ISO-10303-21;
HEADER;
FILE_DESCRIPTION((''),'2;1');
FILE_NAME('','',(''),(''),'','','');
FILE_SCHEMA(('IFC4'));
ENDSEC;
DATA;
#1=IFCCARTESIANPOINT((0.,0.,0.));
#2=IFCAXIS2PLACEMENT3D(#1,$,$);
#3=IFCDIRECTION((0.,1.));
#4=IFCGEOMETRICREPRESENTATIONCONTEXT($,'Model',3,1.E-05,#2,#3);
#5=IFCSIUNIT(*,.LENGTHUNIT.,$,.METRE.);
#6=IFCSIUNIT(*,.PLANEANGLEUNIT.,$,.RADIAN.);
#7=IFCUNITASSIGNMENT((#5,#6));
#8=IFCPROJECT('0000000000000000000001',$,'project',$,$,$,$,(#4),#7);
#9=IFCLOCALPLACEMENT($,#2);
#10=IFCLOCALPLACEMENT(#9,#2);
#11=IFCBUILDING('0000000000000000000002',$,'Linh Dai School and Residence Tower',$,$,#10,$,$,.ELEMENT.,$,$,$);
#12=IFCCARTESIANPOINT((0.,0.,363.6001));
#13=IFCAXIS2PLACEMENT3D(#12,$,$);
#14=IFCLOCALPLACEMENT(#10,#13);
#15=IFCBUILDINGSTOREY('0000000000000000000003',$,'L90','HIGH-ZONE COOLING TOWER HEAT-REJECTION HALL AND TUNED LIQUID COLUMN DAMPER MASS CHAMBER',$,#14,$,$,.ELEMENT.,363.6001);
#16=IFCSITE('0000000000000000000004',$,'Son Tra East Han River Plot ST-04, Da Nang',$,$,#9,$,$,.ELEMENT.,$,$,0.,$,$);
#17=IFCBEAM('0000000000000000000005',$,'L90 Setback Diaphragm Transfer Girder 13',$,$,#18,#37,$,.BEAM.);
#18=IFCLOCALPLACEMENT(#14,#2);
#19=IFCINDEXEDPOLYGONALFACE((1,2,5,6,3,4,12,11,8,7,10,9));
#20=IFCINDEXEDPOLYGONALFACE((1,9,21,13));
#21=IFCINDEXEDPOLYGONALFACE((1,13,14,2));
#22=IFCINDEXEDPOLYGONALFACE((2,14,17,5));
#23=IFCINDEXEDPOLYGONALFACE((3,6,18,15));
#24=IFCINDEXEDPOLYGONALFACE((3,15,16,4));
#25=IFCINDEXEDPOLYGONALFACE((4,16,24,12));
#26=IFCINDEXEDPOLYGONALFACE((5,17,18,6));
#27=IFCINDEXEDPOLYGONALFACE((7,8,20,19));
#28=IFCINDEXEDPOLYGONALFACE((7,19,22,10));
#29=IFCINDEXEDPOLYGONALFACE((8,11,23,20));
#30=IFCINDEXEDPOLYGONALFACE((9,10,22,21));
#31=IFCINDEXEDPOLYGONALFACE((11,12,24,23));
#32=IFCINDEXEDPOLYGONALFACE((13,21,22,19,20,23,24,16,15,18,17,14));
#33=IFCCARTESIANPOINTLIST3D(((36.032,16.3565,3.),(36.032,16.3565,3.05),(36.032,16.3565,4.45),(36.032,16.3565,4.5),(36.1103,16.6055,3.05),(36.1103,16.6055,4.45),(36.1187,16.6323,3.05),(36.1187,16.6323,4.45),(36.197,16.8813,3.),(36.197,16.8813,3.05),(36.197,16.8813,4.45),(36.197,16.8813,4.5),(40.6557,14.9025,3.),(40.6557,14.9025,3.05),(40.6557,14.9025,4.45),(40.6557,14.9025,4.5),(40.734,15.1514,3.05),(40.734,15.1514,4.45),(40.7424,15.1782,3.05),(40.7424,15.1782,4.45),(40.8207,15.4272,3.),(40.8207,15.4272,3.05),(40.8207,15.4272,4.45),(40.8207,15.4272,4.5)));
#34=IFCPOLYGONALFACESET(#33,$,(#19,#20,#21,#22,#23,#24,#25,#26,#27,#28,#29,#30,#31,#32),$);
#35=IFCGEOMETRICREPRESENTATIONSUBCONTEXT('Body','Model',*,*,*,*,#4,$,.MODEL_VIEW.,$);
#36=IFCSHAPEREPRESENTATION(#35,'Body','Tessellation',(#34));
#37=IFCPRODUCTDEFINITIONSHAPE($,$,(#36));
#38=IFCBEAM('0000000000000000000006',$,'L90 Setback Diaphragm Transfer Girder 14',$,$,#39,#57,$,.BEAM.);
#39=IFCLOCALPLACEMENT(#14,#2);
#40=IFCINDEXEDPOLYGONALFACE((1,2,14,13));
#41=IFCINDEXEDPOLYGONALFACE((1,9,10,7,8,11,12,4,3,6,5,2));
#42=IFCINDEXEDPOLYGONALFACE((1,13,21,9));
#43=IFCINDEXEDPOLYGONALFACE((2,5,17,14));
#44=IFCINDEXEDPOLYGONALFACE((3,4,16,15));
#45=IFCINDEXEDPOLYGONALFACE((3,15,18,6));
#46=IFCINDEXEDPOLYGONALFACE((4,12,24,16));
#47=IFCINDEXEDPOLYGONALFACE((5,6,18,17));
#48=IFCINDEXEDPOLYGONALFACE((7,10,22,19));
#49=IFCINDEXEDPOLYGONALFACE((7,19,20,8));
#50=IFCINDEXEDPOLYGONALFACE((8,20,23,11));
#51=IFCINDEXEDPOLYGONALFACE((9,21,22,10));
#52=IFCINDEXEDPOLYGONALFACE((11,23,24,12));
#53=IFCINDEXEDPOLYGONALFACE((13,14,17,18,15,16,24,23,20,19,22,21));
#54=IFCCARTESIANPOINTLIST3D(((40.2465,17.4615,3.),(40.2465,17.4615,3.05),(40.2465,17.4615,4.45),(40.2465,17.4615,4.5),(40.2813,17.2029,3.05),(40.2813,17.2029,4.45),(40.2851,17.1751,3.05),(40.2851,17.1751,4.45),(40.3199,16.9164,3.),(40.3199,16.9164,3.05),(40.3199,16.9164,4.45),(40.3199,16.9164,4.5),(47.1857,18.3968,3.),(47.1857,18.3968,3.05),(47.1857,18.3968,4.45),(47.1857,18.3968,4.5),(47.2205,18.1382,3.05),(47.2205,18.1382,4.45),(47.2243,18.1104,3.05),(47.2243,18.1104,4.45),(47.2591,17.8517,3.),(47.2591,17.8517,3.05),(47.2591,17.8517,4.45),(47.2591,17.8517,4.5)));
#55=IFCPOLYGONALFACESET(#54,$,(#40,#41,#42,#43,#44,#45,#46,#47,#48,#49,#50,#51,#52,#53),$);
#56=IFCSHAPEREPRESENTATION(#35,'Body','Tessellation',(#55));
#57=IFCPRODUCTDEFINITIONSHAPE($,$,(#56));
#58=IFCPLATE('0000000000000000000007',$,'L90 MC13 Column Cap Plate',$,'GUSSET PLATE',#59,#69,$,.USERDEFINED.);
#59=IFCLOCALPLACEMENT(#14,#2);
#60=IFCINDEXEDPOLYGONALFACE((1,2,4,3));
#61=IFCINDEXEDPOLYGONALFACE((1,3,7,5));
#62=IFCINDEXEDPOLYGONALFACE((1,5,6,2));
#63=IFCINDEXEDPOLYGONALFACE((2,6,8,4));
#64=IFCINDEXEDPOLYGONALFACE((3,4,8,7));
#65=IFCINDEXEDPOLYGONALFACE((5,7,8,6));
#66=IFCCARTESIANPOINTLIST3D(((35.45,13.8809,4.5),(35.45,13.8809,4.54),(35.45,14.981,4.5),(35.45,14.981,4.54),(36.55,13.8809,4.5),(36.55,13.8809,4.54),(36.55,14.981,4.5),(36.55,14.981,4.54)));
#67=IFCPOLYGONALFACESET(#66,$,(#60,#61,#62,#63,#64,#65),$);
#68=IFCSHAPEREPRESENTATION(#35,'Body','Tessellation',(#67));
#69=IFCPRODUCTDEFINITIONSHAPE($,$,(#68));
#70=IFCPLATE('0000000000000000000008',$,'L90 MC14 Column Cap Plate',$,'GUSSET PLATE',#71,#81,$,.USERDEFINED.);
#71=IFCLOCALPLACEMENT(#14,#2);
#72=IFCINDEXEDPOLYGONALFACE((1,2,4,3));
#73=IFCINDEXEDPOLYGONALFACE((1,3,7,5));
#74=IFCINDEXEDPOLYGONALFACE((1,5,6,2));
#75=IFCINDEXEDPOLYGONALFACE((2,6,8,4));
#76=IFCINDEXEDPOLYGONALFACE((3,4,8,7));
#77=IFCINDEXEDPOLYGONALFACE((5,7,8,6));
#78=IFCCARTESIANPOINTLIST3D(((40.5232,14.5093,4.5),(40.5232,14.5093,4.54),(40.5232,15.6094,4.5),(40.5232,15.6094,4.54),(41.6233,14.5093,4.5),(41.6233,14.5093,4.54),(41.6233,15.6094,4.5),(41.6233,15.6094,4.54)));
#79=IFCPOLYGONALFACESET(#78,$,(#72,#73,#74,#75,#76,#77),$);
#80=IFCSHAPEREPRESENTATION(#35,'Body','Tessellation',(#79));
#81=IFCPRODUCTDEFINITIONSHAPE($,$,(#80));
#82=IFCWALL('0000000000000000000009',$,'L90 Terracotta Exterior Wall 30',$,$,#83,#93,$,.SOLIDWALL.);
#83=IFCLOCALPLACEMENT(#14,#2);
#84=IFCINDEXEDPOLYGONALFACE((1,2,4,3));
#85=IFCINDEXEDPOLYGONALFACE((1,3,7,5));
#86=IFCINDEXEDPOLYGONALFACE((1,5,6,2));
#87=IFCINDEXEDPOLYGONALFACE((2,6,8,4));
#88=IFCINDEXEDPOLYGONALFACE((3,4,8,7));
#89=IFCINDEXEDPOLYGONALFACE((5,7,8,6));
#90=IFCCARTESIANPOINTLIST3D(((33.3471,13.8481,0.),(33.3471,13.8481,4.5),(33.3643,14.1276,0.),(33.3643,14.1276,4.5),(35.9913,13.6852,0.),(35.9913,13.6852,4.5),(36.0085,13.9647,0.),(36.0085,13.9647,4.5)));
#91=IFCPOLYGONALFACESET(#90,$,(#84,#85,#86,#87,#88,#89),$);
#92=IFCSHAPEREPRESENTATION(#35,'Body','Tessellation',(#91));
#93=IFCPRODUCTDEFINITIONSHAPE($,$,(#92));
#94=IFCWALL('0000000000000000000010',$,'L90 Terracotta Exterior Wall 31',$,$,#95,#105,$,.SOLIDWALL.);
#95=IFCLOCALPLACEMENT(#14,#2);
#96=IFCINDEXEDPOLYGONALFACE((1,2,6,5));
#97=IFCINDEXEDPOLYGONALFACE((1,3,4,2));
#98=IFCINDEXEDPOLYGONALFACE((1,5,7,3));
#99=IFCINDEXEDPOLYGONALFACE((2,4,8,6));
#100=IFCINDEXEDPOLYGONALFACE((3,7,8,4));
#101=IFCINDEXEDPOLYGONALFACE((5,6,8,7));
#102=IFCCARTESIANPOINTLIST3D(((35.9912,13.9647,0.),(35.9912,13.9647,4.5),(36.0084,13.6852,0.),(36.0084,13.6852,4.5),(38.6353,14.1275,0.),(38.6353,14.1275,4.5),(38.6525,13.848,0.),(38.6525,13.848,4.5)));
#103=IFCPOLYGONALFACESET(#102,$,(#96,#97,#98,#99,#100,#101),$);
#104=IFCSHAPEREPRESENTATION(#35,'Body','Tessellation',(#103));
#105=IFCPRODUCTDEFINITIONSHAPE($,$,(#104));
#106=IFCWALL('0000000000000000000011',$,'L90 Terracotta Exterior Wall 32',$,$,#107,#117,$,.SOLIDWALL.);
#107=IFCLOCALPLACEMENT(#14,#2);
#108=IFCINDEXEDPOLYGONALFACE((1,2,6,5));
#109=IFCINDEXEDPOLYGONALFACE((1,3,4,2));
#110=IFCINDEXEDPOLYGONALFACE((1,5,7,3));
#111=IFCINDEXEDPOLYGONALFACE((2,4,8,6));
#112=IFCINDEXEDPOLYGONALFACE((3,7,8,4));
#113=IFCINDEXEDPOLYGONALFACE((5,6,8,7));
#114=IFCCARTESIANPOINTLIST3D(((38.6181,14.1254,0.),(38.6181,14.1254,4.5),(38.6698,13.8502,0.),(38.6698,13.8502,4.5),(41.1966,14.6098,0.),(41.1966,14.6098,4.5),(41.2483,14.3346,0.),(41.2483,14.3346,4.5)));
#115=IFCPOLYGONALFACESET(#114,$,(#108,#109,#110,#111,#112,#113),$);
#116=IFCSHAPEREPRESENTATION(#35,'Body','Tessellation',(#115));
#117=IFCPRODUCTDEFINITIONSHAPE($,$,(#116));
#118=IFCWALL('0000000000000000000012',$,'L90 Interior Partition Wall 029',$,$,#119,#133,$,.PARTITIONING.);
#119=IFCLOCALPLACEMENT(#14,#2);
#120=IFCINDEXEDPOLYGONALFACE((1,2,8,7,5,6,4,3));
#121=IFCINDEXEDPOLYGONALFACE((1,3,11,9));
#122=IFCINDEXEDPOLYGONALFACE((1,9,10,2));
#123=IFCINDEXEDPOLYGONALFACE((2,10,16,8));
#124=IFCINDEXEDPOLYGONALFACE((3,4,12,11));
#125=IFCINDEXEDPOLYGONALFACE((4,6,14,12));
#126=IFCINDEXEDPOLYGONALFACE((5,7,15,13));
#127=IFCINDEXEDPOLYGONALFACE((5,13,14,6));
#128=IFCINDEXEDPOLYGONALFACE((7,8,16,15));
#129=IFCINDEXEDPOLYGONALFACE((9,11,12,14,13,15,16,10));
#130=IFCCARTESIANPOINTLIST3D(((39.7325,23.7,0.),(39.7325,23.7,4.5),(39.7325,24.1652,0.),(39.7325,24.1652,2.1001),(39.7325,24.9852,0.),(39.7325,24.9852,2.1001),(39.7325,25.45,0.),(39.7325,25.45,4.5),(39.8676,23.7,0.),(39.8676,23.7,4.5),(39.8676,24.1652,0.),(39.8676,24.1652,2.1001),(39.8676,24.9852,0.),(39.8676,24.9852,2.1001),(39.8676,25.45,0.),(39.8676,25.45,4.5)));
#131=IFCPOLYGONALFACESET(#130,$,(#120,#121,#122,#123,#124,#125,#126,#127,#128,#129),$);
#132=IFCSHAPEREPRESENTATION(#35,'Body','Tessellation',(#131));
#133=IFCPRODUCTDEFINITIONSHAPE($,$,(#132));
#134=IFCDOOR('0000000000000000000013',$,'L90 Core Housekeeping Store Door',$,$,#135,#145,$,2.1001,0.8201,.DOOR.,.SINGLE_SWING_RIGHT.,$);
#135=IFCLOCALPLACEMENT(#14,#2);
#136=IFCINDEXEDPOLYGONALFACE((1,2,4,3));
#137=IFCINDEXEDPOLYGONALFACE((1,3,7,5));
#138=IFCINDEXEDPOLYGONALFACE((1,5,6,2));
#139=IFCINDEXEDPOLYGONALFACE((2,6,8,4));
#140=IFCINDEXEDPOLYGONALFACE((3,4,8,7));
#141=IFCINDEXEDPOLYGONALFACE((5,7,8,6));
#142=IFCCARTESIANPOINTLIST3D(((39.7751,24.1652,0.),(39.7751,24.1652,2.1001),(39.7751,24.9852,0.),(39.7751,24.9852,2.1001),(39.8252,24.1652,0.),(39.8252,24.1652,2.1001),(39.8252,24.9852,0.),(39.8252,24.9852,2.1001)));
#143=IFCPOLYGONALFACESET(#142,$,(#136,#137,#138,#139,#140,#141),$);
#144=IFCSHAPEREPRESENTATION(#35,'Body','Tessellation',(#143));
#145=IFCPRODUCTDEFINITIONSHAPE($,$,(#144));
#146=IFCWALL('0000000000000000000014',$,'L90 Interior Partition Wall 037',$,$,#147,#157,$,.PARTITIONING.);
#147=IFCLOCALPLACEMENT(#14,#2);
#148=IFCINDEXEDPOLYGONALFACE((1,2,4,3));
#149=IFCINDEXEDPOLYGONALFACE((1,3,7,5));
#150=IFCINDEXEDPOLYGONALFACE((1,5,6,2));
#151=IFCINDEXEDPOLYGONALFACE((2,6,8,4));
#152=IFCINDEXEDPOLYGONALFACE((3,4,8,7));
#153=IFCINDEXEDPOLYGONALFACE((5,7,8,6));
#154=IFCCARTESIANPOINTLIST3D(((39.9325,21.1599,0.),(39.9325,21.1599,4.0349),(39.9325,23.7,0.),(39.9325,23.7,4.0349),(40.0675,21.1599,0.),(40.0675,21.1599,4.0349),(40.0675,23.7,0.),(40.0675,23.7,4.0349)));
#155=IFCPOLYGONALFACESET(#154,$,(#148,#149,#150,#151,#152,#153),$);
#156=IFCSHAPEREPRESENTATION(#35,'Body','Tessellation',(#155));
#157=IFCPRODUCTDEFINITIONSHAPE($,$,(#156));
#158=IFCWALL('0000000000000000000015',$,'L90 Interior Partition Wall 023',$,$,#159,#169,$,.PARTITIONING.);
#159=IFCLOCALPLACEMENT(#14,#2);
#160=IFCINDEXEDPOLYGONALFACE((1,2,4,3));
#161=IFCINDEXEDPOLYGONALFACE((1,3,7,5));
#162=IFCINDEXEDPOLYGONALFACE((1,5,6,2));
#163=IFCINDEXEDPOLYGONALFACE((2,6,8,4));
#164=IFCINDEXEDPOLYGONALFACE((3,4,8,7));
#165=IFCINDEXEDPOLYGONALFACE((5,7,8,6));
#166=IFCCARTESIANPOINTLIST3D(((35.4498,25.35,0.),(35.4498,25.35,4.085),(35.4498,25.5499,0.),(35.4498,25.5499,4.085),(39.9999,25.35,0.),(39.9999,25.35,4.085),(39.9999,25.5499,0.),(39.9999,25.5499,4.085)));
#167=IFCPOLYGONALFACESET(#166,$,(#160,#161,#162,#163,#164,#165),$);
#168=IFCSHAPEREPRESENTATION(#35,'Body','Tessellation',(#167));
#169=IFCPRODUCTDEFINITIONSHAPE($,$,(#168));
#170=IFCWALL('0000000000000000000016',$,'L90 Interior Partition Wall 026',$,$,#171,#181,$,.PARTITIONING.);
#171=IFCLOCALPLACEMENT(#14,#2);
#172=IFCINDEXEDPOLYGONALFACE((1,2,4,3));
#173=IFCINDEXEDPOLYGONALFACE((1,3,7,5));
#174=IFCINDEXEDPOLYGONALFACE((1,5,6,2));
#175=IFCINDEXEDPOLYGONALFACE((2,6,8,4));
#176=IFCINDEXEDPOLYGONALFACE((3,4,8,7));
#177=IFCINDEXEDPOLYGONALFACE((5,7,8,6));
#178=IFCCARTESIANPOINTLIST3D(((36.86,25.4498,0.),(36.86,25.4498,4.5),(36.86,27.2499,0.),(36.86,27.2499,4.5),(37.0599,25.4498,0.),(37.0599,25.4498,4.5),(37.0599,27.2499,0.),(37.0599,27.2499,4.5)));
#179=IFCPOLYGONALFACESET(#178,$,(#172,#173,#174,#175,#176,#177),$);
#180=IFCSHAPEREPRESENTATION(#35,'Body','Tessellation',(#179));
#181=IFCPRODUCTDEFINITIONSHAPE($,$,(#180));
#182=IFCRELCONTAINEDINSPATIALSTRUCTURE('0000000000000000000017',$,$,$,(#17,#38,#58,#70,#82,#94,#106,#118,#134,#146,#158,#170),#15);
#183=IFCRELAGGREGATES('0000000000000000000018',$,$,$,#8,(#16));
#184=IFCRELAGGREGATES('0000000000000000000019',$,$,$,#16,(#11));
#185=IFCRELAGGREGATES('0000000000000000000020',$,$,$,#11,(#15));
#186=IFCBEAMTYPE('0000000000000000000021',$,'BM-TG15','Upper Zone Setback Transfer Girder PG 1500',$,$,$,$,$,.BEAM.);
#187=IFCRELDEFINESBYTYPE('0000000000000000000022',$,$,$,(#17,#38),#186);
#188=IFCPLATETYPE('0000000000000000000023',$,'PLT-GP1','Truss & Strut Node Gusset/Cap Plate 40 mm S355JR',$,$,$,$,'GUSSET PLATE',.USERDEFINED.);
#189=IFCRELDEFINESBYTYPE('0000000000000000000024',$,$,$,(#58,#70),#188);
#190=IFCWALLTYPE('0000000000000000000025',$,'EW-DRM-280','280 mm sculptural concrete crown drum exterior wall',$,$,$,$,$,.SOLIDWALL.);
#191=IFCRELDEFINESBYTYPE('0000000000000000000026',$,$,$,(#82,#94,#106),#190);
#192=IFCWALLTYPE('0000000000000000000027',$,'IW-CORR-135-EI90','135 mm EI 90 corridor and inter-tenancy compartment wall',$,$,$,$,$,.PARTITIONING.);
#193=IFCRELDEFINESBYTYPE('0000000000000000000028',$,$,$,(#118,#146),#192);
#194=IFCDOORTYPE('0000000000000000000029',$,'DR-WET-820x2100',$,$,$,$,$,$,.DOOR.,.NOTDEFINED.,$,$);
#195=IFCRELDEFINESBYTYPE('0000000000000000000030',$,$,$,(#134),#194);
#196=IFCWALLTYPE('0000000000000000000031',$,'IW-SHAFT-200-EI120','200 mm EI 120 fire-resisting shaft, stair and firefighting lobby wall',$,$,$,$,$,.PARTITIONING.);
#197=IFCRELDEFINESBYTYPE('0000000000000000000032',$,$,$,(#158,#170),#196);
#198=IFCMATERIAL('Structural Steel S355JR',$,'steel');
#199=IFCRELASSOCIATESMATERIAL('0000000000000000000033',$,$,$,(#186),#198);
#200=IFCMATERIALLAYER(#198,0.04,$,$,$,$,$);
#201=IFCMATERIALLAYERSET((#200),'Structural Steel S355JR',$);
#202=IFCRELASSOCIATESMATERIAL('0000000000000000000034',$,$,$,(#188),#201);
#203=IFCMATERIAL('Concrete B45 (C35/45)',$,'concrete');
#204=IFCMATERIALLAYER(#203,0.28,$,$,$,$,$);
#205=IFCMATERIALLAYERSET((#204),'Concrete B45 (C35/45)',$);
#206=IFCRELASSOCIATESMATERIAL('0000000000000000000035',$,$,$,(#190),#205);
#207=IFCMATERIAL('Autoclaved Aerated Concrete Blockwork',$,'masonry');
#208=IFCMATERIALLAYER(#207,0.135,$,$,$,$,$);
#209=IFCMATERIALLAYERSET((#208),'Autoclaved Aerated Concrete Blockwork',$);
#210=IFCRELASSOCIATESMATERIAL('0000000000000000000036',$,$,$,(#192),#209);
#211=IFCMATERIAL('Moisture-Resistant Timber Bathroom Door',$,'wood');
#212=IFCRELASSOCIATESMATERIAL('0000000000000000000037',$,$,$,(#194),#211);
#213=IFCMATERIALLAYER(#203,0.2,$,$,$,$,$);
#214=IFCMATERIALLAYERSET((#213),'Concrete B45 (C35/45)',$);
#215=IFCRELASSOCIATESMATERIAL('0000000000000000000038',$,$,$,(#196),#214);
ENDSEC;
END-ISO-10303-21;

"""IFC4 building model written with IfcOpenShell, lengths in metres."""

from ifc_helpers import new_model, si_unit, direction, frame, frame_2d, origin, origin_2d, place, context, subcontext, project, spatial, rectangle, i_section, extrude, source, transform, mapped, material, layer, layer_set, material_profile, profile_set, type_object, element, fill, save


model = new_model("IFC4")

# Units and contexts
model_context = context("Model", 3, precision=1e-05, world=origin(), true_north=direction((0.0, 1.0)))
body_context = subcontext(model_context, "Body", "Model", "MODEL_VIEW")
ifc_project = project(units=[si_unit("LENGTHUNIT", "METRE"), si_unit("PLANEANGLEUNIT", "RADIAN")], contexts=[model_context])

# Site, building, storey
site_placement = place(None, origin())
site = spatial("IfcSite", under=ifc_project, at=site_placement, Name="Son Tra East Han River Plot ST-04, Da Nang", CompositionType="ELEMENT", RefElevation=0.0)
building_placement = place(site_placement, origin())
building = spatial("IfcBuilding", under=site, at=building_placement, Name="Linh Dai School and Residence Tower", CompositionType="ELEMENT")
storey_placement = place(building_placement, frame((0.0, 0.0, 363.6001)))
storey = spatial("IfcBuildingStorey", under=building, at=storey_placement, Name="L90", Description="HIGH-ZONE COOLING TOWER HEAT-REJECTION HALL AND TUNED LIQUID COLUMN DAMPER MASS CHAMBER", CompositionType="ELEMENT", Elevation=363.6001)

# Shared definitions
ifc_material_1 = material(Name="Structural Steel S355JR", Category="steel")

# Beams
ifc_material_profile_1 = material_profile(ifc_material_1, i_section(OverallWidth=0.55, OverallDepth=1.5, WebThickness=0.0281, FlangeThickness=0.05, at=origin_2d()), Name="PG 1500x550x28x50")
ifc_profile_set_1 = profile_set([ifc_material_profile_1], Name="Structural Steel S355JR")
beam_type_1 = type_object("IfcBeamType", Name="BM-TG15", Description="Upper Zone Setback Transfer Girder PG 1500", PredefinedType="BEAM", material=ifc_profile_set_1)
beam_1_placement = place(storey_placement, frame((36.1145, 16.6189, 3.75), z_axis=(0.95394, -0.299998, 0.0), x_axis=(0.299998, 0.95394, 0.0)))
element("IfcBeam", 1, at=beam_1_placement, inside=storey, type_object=beam_type_1, Name="L90 Setback Diaphragm Transfer Girder 13", PredefinedType="BEAM", context=body_context, shape_type="SweptSolid", body=[
    extrude(i_section(OverallWidth=0.55, OverallDepth=1.5, WebThickness=0.0281, FlangeThickness=0.05, at=origin_2d()), origin(), (0.0, 0.0, 1.0), 4.8469),
])
beam_2_placement = place(storey_placement, frame((40.2832, 17.189, 3.75), z_axis=(0.991038, 0.133577, 0.0), x_axis=(-0.133577, 0.991038, 0.0)))
element("IfcBeam", 2, at=beam_2_placement, inside=storey, type_object=beam_type_1, Name="L90 Setback Diaphragm Transfer Girder 14", PredefinedType="BEAM", context=body_context, shape_type="SweptSolid", body=[
    extrude(i_section(OverallWidth=0.55, OverallDepth=1.5, WebThickness=0.0281, FlangeThickness=0.05, at=origin_2d()), origin(), (0.0, 0.0, 1.0), 7.002),
])

# Plates
ifc_layer_1 = layer(ifc_material_1, 0.04)
ifc_layer_set_1 = layer_set([ifc_layer_1], Name="Structural Steel S355JR")
plate_type = type_object("IfcPlateType", Name="PLT-GP1", Description="Truss & Strut Node Gusset/Cap Plate 40 mm S355JR", ElementType="GUSSET PLATE", PredefinedType="USERDEFINED", material=ifc_layer_set_1)
shared_shape_1 = source(origin(), body_context, "Body", "SweptSolid", [
    extrude(rectangle(XDim=1.1001, YDim=1.1001, at=origin_2d()), origin(), (0.0, 0.0, 1.0), 0.04),
])
for number, where, z_axis, x_axis, name in (
    (3, (36.0, 14.4309, 4.5), (0.0, 0.0, 1.0), (1.0, 0.0, 0.0), "L90 MC13 Column Cap Plate"),
    (4, (41.0732, 15.0593, 4.5), (0.0, 0.0, 1.0), (1.0, 0.0, 0.0), "L90 MC14 Column Cap Plate"),
):
    element("IfcPlate", number, at=place(storey_placement, frame(where, z_axis=z_axis, x_axis=x_axis)), inside=storey, type_object=plate_type, Name=name, ObjectType="GUSSET PLATE", PredefinedType="USERDEFINED", context=body_context, shape_type="MappedRepresentation", body=[
        mapped(shared_shape_1, transform((0.0, 0.0, 0.0), x_axis=(1.0, 0.0, 0.0), y_axis=(0.0, 1.0, 0.0), z_axis=(0.0, 0.0, 1.0), scale=1.0)),
    ])

# Walls
ifc_material_2 = material(Name="Concrete B45 (C35/45)", Category="concrete")
ifc_layer_2 = layer(ifc_material_2, 0.28)
ifc_layer_set_2 = layer_set([ifc_layer_2], Name="Concrete B45 (C35/45)")
wall_type_1 = type_object("IfcWallType", Name="EW-DRM-280", Description="280 mm sculptural concrete crown drum exterior wall", PredefinedType="SOLIDWALL", material=ifc_layer_set_2)
for number, where, z_axis, x_axis, name in (
    (5, (36.0, 13.825, 0.0), (0.0, 0.0, 1.0), (-0.998109, 0.061472, 0.0), "L90 Terracotta Exterior Wall 30"),
    (6, (38.644, 13.9878, 0.0), (0.0, 0.0, 1.0), (-0.998109, -0.061472, 0.0), "L90 Terracotta Exterior Wall 31"),
):
    element("IfcWall", number, at=place(storey_placement, frame(where, z_axis=z_axis, x_axis=x_axis)), inside=storey, type_object=wall_type_1, Name=name, PredefinedType="SOLIDWALL", context=body_context, shape_type="SweptSolid", body=[
        extrude(rectangle(XDim=2.6492, YDim=0.28, at=frame_2d((1.3247, 0.0))), origin(), (0.0, 0.0, 1.0), 4.5),
    ])
wall_1_placement = place(storey_placement, frame((41.2224, 14.4722, 0.0), z_axis=(0.0, 0.0, 1.0), x_axis=(-0.982808, -0.184631, 0.0)))
element("IfcWall", 7, at=wall_1_placement, inside=storey, type_object=wall_type_1, Name="L90 Terracotta Exterior Wall 32", PredefinedType="SOLIDWALL", context=body_context, shape_type="SweptSolid", body=[
    extrude(rectangle(XDim=2.6235, YDim=0.28, at=frame_2d((1.3118, 0.0))), origin(), (0.0, 0.0, 1.0), 4.5),
])

# Wall, opening, door
ifc_material_3 = material(Name="Autoclaved Aerated Concrete Blockwork", Category="masonry")
ifc_layer_3 = layer(ifc_material_3, 0.135)
ifc_layer_set_3 = layer_set([ifc_layer_3], Name="Autoclaved Aerated Concrete Blockwork")
wall_type_2 = type_object("IfcWallType", Name="IW-CORR-135-EI90", Description="135 mm EI 90 corridor and inter-tenancy compartment wall", PredefinedType="PARTITIONING", material=ifc_layer_set_3)
wall_2_placement = place(storey_placement, frame((39.8, 23.7, 0.0), z_axis=(0.0, 0.0, 1.0), x_axis=(0.0, 1.0, 0.0)))
wall_2 = element("IfcWall", 8, at=wall_2_placement, inside=storey, type_object=wall_type_2, Name="L90 Interior Partition Wall 029", PredefinedType="PARTITIONING", context=body_context, shape_type="SweptSolid", body=[
    extrude(rectangle(XDim=1.75, YDim=0.135, at=frame_2d((0.875, 0.0))), origin(), (0.0, 0.0, 1.0), 4.5),
])
opening_placement = place(wall_2_placement, frame((0.4651, 0.0, 0.0)))
opening = element("IfcOpeningElement", 9, at=opening_placement, cuts=wall_2, PredefinedType="OPENING", context=body_context, shape_type="SweptSolid", body=[
    extrude(rectangle(XDim=0.8201, YDim=2.1001, at=origin_2d()), frame((0.4102, 0.0776, 1.05), z_axis=(0.0, -1.0, 0.0), x_axis=(1.0, 0.0, 0.0)), (0.0, 0.0, 1.0), 0.155),
])
ifc_material_4 = material(Name="Moisture-Resistant Timber Bathroom Door", Category="wood")
door_type = type_object("IfcDoorType", Name="DR-WET-820x2100", OperationType="NOTDEFINED", PredefinedType="DOOR", material=ifc_material_4)
shared_shape_2 = source(origin(), body_context, "Body", "SweptSolid", [
    extrude(rectangle(XDim=0.8201, YDim=2.1001, at=origin_2d()), frame((0.4102, 0.0249, 1.05), z_axis=(0.0, -1.0, 0.0), x_axis=(1.0, 0.0, 0.0)), (0.0, 0.0, 1.0), 0.05),
])
door_placement = place(opening_placement, origin())
door = element("IfcDoor", 10, at=door_placement, inside=storey, type_object=door_type, Name="L90 Core Housekeeping Store Door", OperationType="SINGLE_SWING_RIGHT", OverallHeight=2.1001, OverallWidth=0.8201, PredefinedType="DOOR", context=body_context, shape_type="MappedRepresentation", body=[
    mapped(shared_shape_2, transform((0.0, 0.0, 0.0), x_axis=(1.0, 0.0, 0.0), y_axis=(0.0, 1.0, 0.0), z_axis=(0.0, 0.0, 1.0), scale=1.0)),
])
fill(opening, door)

# Walls
wall_3_placement = place(storey_placement, frame((40.0, 23.7, 0.0), z_axis=(0.0, 0.0, 1.0), x_axis=(0.0, -1.0, 0.0)))
element("IfcWall", 11, at=wall_3_placement, inside=storey, type_object=wall_type_2, Name="L90 Interior Partition Wall 037", PredefinedType="PARTITIONING", context=body_context, shape_type="SweptSolid", body=[
    extrude(rectangle(XDim=2.54, YDim=0.135, at=frame_2d((1.27, 0.0))), origin(), (0.0, 0.0, 1.0), 4.0349),
])
ifc_layer_4 = layer(ifc_material_2, 0.2)
ifc_layer_set_4 = layer_set([ifc_layer_4], Name="Concrete B45 (C35/45)")
wall_type_3 = type_object("IfcWallType", Name="IW-SHAFT-200-EI120", Description="200 mm EI 120 fire-resisting shaft, stair and firefighting lobby wall", PredefinedType="PARTITIONING", material=ifc_layer_set_4)
wall_4_placement = place(storey_placement, frame((35.45, 25.45, 0.0), z_axis=(0.0, 0.0, 1.0), x_axis=(1.0, 0.0, 0.0)))
element("IfcWall", 12, at=wall_4_placement, inside=storey, type_object=wall_type_3, Name="L90 Interior Partition Wall 023", PredefinedType="PARTITIONING", context=body_context, shape_type="SweptSolid", body=[
    extrude(rectangle(XDim=4.55, YDim=0.2, at=frame_2d((2.2749, 0.0))), origin(), (0.0, 0.0, 1.0), 4.085),
])
for number, where, z_axis, x_axis, name in (
    (13, (36.96, 25.45, 0.0), (0.0, 0.0, 1.0), (0.0, 1.0, 0.0), "L90 Interior Partition Wall 026"),
):
    element("IfcWall", number, at=place(storey_placement, frame(where, z_axis=z_axis, x_axis=x_axis)), inside=storey, type_object=wall_type_3, Name=name, PredefinedType="PARTITIONING", context=body_context, shape_type="SweptSolid", body=[
        extrude(rectangle(XDim=1.8, YDim=0.2, at=frame_2d((0.8999, 0.0))), origin(), (0.0, 0.0, 1.0), 4.5),
    ])

save(model, "model.ifc")
